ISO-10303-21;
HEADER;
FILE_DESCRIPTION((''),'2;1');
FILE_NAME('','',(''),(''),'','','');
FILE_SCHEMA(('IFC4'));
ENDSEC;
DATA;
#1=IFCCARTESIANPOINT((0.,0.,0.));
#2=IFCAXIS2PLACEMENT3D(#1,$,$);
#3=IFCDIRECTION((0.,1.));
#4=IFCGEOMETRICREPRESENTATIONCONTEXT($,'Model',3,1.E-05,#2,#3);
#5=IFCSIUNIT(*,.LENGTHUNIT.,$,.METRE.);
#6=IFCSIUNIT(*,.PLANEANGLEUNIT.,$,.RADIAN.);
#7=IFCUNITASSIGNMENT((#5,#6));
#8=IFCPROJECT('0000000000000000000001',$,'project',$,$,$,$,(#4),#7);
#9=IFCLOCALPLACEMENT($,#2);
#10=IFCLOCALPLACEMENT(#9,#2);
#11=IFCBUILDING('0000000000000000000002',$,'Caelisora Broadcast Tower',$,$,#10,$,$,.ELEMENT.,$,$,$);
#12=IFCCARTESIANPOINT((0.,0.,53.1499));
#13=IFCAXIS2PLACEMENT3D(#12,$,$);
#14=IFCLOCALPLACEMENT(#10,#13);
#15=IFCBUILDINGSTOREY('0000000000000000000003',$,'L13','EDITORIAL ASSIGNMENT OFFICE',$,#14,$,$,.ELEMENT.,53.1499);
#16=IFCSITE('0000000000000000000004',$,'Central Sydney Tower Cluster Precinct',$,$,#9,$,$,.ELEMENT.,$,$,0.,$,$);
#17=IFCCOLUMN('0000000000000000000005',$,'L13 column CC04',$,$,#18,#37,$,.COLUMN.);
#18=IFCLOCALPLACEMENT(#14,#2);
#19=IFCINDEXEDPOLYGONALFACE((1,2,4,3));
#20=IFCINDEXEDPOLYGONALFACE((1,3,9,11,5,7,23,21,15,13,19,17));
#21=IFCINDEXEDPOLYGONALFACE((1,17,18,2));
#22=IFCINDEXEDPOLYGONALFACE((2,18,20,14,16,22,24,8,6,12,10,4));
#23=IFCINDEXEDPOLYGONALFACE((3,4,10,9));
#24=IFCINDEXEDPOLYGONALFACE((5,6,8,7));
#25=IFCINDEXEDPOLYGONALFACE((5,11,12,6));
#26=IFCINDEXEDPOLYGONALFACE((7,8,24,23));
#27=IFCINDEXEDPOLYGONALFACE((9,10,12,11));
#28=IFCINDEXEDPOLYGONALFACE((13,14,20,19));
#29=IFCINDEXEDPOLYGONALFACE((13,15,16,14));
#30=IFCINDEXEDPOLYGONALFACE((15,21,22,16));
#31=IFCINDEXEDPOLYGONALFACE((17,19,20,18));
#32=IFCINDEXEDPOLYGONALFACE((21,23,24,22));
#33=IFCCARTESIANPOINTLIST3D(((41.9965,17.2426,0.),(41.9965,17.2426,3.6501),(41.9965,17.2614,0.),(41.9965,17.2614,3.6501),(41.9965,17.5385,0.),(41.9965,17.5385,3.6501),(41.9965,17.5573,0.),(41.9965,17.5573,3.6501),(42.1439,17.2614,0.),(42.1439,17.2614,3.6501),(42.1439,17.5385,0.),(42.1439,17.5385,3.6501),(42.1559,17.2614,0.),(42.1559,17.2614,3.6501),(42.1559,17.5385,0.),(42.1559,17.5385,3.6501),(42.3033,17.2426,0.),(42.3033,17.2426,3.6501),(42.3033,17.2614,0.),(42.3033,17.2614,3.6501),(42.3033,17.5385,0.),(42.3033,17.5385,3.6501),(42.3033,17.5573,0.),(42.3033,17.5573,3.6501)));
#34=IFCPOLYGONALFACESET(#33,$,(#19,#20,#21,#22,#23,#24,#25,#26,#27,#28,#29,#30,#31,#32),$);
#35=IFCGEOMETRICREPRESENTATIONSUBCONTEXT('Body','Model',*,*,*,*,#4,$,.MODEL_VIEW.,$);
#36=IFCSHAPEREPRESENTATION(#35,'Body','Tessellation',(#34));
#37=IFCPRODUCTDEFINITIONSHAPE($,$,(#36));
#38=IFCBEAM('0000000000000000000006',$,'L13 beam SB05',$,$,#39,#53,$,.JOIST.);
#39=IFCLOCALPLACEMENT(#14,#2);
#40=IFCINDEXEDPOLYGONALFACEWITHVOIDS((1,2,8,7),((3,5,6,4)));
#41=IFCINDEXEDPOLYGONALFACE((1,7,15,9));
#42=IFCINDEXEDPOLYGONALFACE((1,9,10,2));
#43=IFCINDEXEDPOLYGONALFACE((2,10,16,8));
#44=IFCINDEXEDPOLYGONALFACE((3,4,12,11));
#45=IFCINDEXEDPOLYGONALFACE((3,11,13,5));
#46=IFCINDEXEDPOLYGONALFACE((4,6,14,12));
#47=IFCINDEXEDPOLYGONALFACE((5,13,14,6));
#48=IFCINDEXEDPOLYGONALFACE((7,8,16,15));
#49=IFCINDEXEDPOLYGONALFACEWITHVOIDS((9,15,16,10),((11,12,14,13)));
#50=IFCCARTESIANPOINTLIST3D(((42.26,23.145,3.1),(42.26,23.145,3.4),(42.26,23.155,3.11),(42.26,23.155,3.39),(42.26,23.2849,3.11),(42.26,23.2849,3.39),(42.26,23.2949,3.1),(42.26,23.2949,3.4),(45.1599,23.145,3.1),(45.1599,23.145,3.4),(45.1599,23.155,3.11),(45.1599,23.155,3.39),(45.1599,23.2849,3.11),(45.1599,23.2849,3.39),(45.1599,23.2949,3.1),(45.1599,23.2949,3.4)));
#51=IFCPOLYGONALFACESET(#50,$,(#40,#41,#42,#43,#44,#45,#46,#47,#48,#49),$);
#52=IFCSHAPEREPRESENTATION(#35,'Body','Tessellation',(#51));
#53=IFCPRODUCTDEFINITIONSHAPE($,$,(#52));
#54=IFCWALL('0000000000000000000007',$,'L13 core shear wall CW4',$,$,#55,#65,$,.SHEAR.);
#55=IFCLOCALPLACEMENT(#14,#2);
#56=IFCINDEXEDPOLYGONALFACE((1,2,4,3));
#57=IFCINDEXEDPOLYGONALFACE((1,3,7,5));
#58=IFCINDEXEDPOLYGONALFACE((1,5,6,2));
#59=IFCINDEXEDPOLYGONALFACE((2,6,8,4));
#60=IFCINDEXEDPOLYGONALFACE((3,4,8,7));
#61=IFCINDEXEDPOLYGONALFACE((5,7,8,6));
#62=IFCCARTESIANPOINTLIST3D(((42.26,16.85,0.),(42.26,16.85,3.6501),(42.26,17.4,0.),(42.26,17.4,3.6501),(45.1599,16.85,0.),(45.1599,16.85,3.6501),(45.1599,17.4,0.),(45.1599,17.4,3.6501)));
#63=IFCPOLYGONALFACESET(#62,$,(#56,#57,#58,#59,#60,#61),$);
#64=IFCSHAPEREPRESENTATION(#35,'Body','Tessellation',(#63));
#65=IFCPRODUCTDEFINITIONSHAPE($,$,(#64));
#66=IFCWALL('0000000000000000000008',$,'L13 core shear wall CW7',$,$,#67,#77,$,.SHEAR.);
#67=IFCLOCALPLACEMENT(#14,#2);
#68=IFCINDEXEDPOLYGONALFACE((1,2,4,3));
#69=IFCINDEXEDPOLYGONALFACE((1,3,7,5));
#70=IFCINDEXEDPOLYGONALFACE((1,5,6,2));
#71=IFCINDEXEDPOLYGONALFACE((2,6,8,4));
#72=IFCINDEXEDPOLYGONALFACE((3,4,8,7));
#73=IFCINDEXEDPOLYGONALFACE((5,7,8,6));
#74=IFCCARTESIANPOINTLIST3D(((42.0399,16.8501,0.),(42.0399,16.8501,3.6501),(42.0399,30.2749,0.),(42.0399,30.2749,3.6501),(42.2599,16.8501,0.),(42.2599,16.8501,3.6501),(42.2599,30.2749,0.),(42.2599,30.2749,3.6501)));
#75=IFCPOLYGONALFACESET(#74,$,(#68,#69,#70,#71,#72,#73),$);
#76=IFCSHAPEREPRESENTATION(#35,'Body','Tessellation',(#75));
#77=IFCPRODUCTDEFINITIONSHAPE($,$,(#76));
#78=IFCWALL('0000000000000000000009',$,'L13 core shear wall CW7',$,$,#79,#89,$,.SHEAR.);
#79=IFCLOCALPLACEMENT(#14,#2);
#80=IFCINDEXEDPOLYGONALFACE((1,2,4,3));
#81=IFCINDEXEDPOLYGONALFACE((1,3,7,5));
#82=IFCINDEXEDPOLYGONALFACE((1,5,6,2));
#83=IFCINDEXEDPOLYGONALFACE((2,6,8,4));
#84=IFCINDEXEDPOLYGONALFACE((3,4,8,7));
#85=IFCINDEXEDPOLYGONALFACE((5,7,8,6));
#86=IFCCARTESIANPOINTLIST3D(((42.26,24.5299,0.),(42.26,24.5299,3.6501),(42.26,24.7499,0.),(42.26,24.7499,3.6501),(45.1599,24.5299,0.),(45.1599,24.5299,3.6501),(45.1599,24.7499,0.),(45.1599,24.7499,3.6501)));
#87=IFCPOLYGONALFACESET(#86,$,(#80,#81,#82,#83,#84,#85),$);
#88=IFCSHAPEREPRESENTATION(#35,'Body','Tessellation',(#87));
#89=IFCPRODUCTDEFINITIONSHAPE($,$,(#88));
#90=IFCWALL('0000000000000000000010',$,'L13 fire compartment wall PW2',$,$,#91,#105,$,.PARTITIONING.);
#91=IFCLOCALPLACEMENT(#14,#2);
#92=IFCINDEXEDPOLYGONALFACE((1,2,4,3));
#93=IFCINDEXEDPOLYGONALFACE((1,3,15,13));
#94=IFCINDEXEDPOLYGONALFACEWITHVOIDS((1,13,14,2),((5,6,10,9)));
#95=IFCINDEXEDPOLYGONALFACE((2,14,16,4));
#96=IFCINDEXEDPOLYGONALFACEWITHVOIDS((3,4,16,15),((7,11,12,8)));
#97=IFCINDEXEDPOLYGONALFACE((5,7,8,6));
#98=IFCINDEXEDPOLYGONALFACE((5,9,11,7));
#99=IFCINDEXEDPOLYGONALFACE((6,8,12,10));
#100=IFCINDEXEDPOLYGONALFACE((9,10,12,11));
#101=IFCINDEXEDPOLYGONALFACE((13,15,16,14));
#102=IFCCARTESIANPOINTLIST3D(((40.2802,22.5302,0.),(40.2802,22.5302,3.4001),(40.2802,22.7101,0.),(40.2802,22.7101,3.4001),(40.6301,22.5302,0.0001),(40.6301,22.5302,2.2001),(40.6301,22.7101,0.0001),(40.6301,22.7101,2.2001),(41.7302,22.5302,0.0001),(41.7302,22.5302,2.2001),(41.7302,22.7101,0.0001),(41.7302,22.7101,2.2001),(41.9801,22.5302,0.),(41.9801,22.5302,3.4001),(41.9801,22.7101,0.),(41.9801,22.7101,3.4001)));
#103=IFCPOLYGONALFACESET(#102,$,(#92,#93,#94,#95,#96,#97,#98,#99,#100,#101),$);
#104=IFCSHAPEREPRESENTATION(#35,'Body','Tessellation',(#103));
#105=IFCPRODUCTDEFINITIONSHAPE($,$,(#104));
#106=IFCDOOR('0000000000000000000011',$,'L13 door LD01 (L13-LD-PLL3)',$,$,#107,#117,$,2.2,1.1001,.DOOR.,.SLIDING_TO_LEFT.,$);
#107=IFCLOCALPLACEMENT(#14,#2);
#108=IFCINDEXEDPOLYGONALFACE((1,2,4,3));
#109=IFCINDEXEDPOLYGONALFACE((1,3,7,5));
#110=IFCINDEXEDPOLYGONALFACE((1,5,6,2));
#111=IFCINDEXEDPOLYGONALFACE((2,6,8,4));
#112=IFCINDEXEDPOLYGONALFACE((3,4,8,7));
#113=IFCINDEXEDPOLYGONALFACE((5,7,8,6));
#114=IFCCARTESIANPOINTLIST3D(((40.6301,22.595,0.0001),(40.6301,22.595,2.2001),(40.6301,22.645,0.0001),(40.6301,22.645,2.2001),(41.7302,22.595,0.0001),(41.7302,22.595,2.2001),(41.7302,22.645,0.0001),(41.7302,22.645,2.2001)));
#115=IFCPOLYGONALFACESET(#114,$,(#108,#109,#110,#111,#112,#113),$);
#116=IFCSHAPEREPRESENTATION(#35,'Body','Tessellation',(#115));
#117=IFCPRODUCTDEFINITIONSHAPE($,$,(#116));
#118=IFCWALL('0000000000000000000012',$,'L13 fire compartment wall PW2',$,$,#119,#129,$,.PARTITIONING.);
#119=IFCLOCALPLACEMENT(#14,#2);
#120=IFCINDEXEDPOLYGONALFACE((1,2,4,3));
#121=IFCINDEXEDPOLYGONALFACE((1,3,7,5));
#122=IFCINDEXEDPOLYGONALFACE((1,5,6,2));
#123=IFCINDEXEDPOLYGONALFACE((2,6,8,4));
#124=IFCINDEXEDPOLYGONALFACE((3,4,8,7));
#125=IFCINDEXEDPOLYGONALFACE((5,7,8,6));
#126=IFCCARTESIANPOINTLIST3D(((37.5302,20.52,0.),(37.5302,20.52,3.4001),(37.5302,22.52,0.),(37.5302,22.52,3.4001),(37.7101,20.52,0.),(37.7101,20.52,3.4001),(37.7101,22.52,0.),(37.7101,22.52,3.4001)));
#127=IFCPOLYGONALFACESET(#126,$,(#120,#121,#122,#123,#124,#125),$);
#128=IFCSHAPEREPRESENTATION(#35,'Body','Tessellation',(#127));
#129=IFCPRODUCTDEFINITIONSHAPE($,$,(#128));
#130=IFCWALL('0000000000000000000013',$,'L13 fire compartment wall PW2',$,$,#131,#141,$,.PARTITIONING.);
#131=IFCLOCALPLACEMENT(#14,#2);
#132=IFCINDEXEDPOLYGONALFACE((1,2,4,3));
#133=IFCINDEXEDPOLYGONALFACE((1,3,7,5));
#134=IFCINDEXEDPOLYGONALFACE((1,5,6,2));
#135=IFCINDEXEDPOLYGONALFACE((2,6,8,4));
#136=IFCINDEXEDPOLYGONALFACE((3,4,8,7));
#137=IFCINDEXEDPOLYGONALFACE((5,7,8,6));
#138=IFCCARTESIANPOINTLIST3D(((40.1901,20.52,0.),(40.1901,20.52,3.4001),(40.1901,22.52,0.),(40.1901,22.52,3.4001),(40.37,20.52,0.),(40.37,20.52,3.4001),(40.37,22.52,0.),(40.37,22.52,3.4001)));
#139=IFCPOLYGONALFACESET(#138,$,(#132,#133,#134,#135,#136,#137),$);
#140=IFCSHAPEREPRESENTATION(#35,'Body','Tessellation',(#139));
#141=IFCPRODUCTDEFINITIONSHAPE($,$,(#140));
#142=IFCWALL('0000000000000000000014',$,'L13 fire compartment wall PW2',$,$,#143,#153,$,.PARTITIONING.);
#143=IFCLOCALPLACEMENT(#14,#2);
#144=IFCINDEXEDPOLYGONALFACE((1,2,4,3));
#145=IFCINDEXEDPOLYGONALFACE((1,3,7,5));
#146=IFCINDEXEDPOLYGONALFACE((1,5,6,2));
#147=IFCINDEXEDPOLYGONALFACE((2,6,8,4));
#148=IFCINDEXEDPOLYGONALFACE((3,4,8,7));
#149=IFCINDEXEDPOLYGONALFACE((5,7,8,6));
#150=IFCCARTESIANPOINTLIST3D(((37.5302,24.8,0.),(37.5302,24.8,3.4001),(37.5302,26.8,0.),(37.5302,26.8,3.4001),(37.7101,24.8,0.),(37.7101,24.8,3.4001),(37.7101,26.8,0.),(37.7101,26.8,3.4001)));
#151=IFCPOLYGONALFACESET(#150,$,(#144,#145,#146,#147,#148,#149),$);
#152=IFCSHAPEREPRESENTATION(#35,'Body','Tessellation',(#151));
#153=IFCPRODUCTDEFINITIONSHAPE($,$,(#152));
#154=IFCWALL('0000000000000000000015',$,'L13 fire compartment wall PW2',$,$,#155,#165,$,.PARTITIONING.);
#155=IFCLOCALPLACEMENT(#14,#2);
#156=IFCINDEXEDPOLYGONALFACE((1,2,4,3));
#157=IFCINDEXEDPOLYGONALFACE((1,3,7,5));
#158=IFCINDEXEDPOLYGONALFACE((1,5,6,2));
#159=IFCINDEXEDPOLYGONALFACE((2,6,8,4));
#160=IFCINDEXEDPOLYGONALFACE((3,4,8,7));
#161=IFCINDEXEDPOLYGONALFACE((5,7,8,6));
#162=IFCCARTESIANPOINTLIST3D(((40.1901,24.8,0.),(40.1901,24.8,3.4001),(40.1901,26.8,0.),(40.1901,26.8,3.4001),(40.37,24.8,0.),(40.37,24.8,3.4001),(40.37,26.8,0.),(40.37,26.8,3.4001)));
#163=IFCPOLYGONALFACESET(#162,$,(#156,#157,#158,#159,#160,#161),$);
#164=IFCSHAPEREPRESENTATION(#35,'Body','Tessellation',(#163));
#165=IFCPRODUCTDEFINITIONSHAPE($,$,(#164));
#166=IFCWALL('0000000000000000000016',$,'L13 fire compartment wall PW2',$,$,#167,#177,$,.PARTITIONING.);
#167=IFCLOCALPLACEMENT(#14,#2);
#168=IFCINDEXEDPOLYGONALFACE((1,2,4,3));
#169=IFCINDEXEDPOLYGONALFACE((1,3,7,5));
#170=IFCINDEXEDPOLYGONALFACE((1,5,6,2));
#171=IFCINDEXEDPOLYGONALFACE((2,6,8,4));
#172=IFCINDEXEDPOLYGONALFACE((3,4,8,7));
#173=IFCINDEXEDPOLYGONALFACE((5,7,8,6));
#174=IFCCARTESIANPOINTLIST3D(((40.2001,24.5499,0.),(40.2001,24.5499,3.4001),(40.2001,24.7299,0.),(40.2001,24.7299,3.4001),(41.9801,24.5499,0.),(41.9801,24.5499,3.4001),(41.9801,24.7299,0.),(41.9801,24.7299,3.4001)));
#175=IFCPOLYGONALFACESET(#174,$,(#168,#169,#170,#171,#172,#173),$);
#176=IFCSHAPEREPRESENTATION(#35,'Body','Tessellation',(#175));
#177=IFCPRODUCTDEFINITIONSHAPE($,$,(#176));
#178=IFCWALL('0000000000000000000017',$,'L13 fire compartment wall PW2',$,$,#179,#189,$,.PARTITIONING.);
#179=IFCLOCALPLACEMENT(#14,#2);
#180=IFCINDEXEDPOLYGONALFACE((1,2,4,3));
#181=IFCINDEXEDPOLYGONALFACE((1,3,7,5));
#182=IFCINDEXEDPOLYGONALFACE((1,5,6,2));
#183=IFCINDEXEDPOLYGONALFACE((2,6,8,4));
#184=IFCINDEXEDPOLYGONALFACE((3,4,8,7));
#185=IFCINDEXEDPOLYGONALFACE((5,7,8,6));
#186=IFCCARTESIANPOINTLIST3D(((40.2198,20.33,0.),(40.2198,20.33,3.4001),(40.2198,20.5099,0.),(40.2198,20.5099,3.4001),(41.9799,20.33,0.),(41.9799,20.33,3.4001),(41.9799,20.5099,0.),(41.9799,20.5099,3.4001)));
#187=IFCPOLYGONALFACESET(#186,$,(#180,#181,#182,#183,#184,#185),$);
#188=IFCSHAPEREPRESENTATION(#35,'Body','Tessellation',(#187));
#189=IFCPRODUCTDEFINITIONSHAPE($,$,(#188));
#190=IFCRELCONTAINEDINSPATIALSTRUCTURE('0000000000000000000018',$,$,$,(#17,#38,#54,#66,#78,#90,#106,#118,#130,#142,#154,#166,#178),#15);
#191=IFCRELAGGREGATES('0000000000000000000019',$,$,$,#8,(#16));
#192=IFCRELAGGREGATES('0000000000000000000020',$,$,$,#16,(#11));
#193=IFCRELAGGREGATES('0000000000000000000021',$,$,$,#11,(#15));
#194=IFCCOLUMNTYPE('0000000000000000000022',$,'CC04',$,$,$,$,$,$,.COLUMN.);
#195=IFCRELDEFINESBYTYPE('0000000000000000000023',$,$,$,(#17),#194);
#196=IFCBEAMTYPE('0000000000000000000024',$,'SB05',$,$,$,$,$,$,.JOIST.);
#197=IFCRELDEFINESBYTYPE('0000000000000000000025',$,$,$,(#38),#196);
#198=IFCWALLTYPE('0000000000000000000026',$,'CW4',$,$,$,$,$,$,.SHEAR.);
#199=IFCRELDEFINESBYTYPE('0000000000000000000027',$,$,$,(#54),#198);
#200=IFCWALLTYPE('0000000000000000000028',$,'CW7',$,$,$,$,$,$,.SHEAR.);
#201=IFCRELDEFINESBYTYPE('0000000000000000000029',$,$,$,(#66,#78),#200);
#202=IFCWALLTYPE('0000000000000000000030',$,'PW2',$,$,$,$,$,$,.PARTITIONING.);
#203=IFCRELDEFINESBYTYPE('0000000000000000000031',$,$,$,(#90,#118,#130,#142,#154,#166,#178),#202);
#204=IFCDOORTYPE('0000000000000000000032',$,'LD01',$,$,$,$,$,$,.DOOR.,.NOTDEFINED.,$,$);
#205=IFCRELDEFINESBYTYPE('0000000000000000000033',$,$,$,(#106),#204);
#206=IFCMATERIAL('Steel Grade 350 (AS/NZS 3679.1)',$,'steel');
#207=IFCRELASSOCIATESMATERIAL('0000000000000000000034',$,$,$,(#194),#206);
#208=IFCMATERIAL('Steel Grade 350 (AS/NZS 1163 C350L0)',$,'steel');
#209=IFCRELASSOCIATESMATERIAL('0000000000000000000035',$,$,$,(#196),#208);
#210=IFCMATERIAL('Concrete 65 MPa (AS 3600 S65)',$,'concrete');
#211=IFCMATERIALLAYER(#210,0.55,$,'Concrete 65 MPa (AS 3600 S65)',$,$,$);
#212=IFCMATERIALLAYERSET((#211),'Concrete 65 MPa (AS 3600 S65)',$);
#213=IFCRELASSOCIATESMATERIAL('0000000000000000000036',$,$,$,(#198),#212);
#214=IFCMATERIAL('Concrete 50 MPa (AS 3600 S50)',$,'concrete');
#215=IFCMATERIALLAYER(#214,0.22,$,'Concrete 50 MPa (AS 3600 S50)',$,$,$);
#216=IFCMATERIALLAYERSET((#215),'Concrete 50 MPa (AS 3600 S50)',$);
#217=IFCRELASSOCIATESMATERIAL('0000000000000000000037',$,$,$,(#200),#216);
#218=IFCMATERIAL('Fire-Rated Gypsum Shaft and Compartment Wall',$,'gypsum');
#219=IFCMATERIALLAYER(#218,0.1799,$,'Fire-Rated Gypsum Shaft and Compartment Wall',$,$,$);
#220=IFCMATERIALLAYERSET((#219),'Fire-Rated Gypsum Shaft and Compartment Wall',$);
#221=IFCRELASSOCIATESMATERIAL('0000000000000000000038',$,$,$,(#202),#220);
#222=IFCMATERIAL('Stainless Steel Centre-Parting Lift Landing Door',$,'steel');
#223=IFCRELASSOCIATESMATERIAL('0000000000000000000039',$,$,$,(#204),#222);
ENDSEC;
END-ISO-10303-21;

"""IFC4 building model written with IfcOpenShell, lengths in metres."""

from ifc_helpers import new_model, si_unit, direction, frame, frame_2d, origin, origin_2d, place, context, subcontext, project, spatial, rectangle, hollow_rectangle, i_section, extrude, source, transform, mapped, material, layer, layer_set, material_profile, profile_set, type_object, type_shapes, element, fill, save


model = new_model("IFC4")

# Units and contexts
model_context = context("Model", 3, precision=1e-05, world=origin(), true_north=direction((0.0, 1.0)))
body_context = subcontext(model_context, "Body", "Model", "MODEL_VIEW")
ifc_project = project(units=[si_unit("LENGTHUNIT", "METRE"), si_unit("PLANEANGLEUNIT", "RADIAN")], contexts=[model_context])

# Site, building, storey
site_placement = place(None, origin())
site = spatial("IfcSite", under=ifc_project, at=site_placement, Name="Central Sydney Tower Cluster Precinct", CompositionType="ELEMENT", RefElevation=0.0)
building_placement = place(site_placement, origin())
building = spatial("IfcBuilding", under=site, at=building_placement, Name="Caelisora Broadcast Tower", CompositionType="ELEMENT")
storey_placement = place(building_placement, frame((0.0, 0.0, 53.1499)))
storey = spatial("IfcBuildingStorey", under=building, at=storey_placement, Name="L13", Description="EDITORIAL ASSIGNMENT OFFICE", CompositionType="ELEMENT", Elevation=53.1499)

# Column
ifc_material_1 = material(Name="Steel Grade 350 (AS/NZS 3679.1)", Category="steel")
ifc_material_profile_1 = material_profile(ifc_material_1, i_section(OverallWidth=0.3069, OverallDepth=0.3147, WebThickness=0.012, FlangeThickness=0.0188, at=origin_2d()), Name="Steel Grade 350 (AS/NZS 3679.1)")
ifc_profile_set_1 = profile_set([ifc_material_profile_1], Name="Steel Grade 350 (AS/NZS 3679.1)")
column_type = type_object("IfcColumnType", Name="CC04", PredefinedType="COLUMN", material=ifc_profile_set_1)
shared_shape_1 = source(origin(), body_context, "Body", "SweptSolid", [
    extrude(i_section(OverallWidth=0.3069, OverallDepth=0.3147, WebThickness=0.012, FlangeThickness=0.0188, at=origin_2d()), origin(), (0.0, 0.0, 1.0), 3.6501),
])
type_shapes(column_type, [shared_shape_1])
column_placement = place(storey_placement, frame((42.1499, 17.3999, 0.0), z_axis=(0.0, 0.0, 1.0), x_axis=(1.0, 0.0, 0.0)))
element("IfcColumn", 1, at=column_placement, inside=storey, type_object=column_type, Name="L13 column CC04", PredefinedType="COLUMN", context=body_context, shape_type="MappedRepresentation", body=[
    mapped(shared_shape_1, transform((0.0, 0.0, 0.0), scale=1.0)),
])

# Beam
ifc_material_2 = material(Name="Steel Grade 350 (AS/NZS 1163 C350L0)", Category="steel")
ifc_material_profile_2 = material_profile(ifc_material_2, hollow_rectangle(XDim=0.1499, YDim=0.3, WallThickness=0.01, at=origin_2d()), Name="Steel Grade 350 (AS/NZS 1163 C350L0)")
ifc_profile_set_2 = profile_set([ifc_material_profile_2], Name="Steel Grade 350 (AS/NZS 1163 C350L0)")
beam_type = type_object("IfcBeamType", Name="SB05", PredefinedType="JOIST", material=ifc_profile_set_2)
shared_shape_2 = source(origin(), body_context, "Body", "SweptSolid", [
    extrude(hollow_rectangle(XDim=0.1499, YDim=0.3, WallThickness=0.01, at=origin_2d()), origin(), (0.0, 0.0, 1.0), 2.8999),
])
type_shapes(beam_type, [shared_shape_2])
beam_placement = place(storey_placement, frame((42.26, 23.22, 3.25), z_axis=(1.0, 0.0, 0.0), x_axis=(0.0, 1.0, 0.0)))
element("IfcBeam", 2, at=beam_placement, inside=storey, type_object=beam_type, Name="L13 beam SB05", PredefinedType="JOIST", context=body_context, shape_type="MappedRepresentation", body=[
    mapped(shared_shape_2, transform((0.0, 0.0, 0.0), scale=1.0)),
])

# Walls
ifc_material_3 = material(Name="Concrete 65 MPa (AS 3600 S65)", Category="concrete")
ifc_layer_1 = layer(ifc_material_3, 0.55, Name="Concrete 65 MPa (AS 3600 S65)")
ifc_layer_set_1 = layer_set([ifc_layer_1], Name="Concrete 65 MPa (AS 3600 S65)")
wall_type_1 = type_object("IfcWallType", Name="CW4", PredefinedType="SHEAR", material=ifc_layer_set_1)
wall_1_placement = place(storey_placement, frame((42.26, 17.125, 0.0), z_axis=(0.0, 0.0, 1.0), x_axis=(1.0, 0.0, 0.0)))
element("IfcWall", 3, at=wall_1_placement, inside=storey, type_object=wall_type_1, Name="L13 core shear wall CW4", PredefinedType="SHEAR", context=body_context, shape_type="SweptSolid", body=[
    extrude(rectangle(XDim=2.8999, YDim=0.55, at=frame_2d((1.45, 0.0))), origin(), (0.0, 0.0, 1.0), 3.6501),
])
ifc_material_4 = material(Name="Concrete 50 MPa (AS 3600 S50)", Category="concrete")
ifc_layer_2 = layer(ifc_material_4, 0.22, Name="Concrete 50 MPa (AS 3600 S50)")
ifc_layer_set_2 = layer_set([ifc_layer_2], Name="Concrete 50 MPa (AS 3600 S50)")
wall_type_2 = type_object("IfcWallType", Name="CW7", PredefinedType="SHEAR", material=ifc_layer_set_2)
wall_2_placement = place(storey_placement, frame((42.1499, 16.8501, 0.0), z_axis=(0.0, 0.0, 1.0), x_axis=(0.0, 1.0, 0.0)))
element("IfcWall", 4, at=wall_2_placement, inside=storey, type_object=wall_type_2, Name="L13 core shear wall CW7", PredefinedType="SHEAR", context=body_context, shape_type="SweptSolid", body=[
    extrude(rectangle(XDim=13.4248, YDim=0.22, at=frame_2d((6.7124, 0.0))), origin(), (0.0, 0.0, 1.0), 3.6501),
])
wall_3_placement = place(storey_placement, frame((42.26, 24.6399, 0.0), z_axis=(0.0, 0.0, 1.0), x_axis=(1.0, 0.0, 0.0)))
element("IfcWall", 5, at=wall_3_placement, inside=storey, type_object=wall_type_2, Name="L13 core shear wall CW7", PredefinedType="SHEAR", context=body_context, shape_type="SweptSolid", body=[
    extrude(rectangle(XDim=2.8999, YDim=0.22, at=frame_2d((1.45, 0.0))), origin(), (0.0, 0.0, 1.0), 3.6501),
])

# Wall, opening, door
ifc_material_5 = material(Name="Fire-Rated Gypsum Shaft and Compartment Wall", Category="gypsum")
ifc_layer_3 = layer(ifc_material_5, 0.1799, Name="Fire-Rated Gypsum Shaft and Compartment Wall")
ifc_layer_set_3 = layer_set([ifc_layer_3], Name="Fire-Rated Gypsum Shaft and Compartment Wall")
wall_type_3 = type_object("IfcWallType", Name="PW2", PredefinedType="PARTITIONING", material=ifc_layer_set_3)
wall_4_placement = place(storey_placement, frame((40.28, 22.6201, 0.0), z_axis=(0.0, 0.0, 1.0), x_axis=(1.0, 0.0, 0.0)))
wall_4 = element("IfcWall", 6, at=wall_4_placement, inside=storey, type_object=wall_type_3, Name="L13 fire compartment wall PW2", PredefinedType="PARTITIONING", context=body_context, shape_type="SweptSolid", body=[
    extrude(rectangle(XDim=1.7, YDim=0.1799, at=frame_2d((0.8501, 0.0))), origin(), (0.0, 0.0, 1.0), 3.4001),
])
opening_1_placement = place(wall_4_placement, frame((0.3501, 0.0, 0.0)))
opening_1 = element("IfcOpeningElement", 7, at=opening_1_placement, cuts=wall_4, PredefinedType="OPENING", context=body_context, shape_type="SweptSolid", body=[
    extrude(rectangle(XDim=1.1001, YDim=2.2, at=frame_2d((0.55, 1.1001))), frame((0.0, 0.1021, 0.0), z_axis=(0.0, -1.0, 0.0), x_axis=(1.0, 0.0, 0.0)), (0.0, 0.0, 1.0), 0.2039),
])
ifc_material_6 = material(Name="Stainless Steel Centre-Parting Lift Landing Door", Category="steel")
door_type_1 = type_object("IfcDoorType", Name="LD01", OperationType="NOTDEFINED", PredefinedType="DOOR", material=ifc_material_6)
door_1_placement = place(opening_1_placement, origin())
door_1 = element("IfcDoor", 8, at=door_1_placement, inside=storey, type_object=door_type_1, Name="L13 door LD01 (L13-LD-PLL3)", OperationType="SLIDING_TO_LEFT", OverallHeight=2.2, OverallWidth=1.1001, PredefinedType="DOOR", context=body_context, shape_type="SweptSolid", body=[
    extrude(rectangle(XDim=1.1001, YDim=2.2, at=frame_2d((0.55, 1.1001))), frame((0.0, 0.0249, 0.0), z_axis=(0.0, -1.0, 0.0), x_axis=(1.0, 0.0, 0.0)), (0.0, 0.0, 1.0), 0.05),
])
fill(opening_1, door_1)

# Walls
for number, where, z_axis, x_axis, name in (
    (9, (37.6201, 20.52, 0.0), (0.0, 0.0, 1.0), (0.0, 1.0, 0.0), "L13 fire compartment wall PW2"),
    (10, (40.28, 20.52, 0.0), (0.0, 0.0, 1.0), (0.0, 1.0, 0.0), "L13 fire compartment wall PW2"),
    (11, (37.6201, 24.8, 0.0), (0.0, 0.0, 1.0), (0.0, 1.0, 0.0), "L13 fire compartment wall PW2"),
    (12, (40.28, 24.8, 0.0), (0.0, 0.0, 1.0), (0.0, 1.0, 0.0), "L13 fire compartment wall PW2"),
):
    element("IfcWall", number, at=place(storey_placement, frame(where, z_axis=z_axis, x_axis=x_axis)), inside=storey, type_object=wall_type_3, Name=name, PredefinedType="PARTITIONING", context=body_context, shape_type="SweptSolid", body=[
        extrude(rectangle(XDim=2.0, YDim=0.1799, at=frame_2d((1.0, 0.0))), origin(), (0.0, 0.0, 1.0), 3.4001),
    ])
wall_5_placement = place(storey_placement, frame((40.2, 24.6399, 0.0), z_axis=(0.0, 0.0, 1.0), x_axis=(1.0, 0.0, 0.0)))
element("IfcWall", 13, at=wall_5_placement, inside=storey, type_object=wall_type_3, Name="L13 fire compartment wall PW2", PredefinedType="PARTITIONING", context=body_context, shape_type="SweptSolid", body=[
    extrude(rectangle(XDim=1.78, YDim=0.1799, at=frame_2d((0.8901, 0.0))), origin(), (0.0, 0.0, 1.0), 3.4001),
])
wall_6_placement = place(storey_placement, frame((40.22, 20.4199, 0.0), z_axis=(0.0, 0.0, 1.0), x_axis=(1.0, 0.0, 0.0)))
element("IfcWall", 14, at=wall_6_placement, inside=storey, type_object=wall_type_3, Name="L13 fire compartment wall PW2", PredefinedType="PARTITIONING", context=body_context, shape_type="SweptSolid", body=[
    extrude(rectangle(XDim=1.76, YDim=0.1799, at=frame_2d((0.8799, 0.0))), origin(), (0.0, 0.0, 1.0), 3.4001),
])

save(model, "model.ifc")
